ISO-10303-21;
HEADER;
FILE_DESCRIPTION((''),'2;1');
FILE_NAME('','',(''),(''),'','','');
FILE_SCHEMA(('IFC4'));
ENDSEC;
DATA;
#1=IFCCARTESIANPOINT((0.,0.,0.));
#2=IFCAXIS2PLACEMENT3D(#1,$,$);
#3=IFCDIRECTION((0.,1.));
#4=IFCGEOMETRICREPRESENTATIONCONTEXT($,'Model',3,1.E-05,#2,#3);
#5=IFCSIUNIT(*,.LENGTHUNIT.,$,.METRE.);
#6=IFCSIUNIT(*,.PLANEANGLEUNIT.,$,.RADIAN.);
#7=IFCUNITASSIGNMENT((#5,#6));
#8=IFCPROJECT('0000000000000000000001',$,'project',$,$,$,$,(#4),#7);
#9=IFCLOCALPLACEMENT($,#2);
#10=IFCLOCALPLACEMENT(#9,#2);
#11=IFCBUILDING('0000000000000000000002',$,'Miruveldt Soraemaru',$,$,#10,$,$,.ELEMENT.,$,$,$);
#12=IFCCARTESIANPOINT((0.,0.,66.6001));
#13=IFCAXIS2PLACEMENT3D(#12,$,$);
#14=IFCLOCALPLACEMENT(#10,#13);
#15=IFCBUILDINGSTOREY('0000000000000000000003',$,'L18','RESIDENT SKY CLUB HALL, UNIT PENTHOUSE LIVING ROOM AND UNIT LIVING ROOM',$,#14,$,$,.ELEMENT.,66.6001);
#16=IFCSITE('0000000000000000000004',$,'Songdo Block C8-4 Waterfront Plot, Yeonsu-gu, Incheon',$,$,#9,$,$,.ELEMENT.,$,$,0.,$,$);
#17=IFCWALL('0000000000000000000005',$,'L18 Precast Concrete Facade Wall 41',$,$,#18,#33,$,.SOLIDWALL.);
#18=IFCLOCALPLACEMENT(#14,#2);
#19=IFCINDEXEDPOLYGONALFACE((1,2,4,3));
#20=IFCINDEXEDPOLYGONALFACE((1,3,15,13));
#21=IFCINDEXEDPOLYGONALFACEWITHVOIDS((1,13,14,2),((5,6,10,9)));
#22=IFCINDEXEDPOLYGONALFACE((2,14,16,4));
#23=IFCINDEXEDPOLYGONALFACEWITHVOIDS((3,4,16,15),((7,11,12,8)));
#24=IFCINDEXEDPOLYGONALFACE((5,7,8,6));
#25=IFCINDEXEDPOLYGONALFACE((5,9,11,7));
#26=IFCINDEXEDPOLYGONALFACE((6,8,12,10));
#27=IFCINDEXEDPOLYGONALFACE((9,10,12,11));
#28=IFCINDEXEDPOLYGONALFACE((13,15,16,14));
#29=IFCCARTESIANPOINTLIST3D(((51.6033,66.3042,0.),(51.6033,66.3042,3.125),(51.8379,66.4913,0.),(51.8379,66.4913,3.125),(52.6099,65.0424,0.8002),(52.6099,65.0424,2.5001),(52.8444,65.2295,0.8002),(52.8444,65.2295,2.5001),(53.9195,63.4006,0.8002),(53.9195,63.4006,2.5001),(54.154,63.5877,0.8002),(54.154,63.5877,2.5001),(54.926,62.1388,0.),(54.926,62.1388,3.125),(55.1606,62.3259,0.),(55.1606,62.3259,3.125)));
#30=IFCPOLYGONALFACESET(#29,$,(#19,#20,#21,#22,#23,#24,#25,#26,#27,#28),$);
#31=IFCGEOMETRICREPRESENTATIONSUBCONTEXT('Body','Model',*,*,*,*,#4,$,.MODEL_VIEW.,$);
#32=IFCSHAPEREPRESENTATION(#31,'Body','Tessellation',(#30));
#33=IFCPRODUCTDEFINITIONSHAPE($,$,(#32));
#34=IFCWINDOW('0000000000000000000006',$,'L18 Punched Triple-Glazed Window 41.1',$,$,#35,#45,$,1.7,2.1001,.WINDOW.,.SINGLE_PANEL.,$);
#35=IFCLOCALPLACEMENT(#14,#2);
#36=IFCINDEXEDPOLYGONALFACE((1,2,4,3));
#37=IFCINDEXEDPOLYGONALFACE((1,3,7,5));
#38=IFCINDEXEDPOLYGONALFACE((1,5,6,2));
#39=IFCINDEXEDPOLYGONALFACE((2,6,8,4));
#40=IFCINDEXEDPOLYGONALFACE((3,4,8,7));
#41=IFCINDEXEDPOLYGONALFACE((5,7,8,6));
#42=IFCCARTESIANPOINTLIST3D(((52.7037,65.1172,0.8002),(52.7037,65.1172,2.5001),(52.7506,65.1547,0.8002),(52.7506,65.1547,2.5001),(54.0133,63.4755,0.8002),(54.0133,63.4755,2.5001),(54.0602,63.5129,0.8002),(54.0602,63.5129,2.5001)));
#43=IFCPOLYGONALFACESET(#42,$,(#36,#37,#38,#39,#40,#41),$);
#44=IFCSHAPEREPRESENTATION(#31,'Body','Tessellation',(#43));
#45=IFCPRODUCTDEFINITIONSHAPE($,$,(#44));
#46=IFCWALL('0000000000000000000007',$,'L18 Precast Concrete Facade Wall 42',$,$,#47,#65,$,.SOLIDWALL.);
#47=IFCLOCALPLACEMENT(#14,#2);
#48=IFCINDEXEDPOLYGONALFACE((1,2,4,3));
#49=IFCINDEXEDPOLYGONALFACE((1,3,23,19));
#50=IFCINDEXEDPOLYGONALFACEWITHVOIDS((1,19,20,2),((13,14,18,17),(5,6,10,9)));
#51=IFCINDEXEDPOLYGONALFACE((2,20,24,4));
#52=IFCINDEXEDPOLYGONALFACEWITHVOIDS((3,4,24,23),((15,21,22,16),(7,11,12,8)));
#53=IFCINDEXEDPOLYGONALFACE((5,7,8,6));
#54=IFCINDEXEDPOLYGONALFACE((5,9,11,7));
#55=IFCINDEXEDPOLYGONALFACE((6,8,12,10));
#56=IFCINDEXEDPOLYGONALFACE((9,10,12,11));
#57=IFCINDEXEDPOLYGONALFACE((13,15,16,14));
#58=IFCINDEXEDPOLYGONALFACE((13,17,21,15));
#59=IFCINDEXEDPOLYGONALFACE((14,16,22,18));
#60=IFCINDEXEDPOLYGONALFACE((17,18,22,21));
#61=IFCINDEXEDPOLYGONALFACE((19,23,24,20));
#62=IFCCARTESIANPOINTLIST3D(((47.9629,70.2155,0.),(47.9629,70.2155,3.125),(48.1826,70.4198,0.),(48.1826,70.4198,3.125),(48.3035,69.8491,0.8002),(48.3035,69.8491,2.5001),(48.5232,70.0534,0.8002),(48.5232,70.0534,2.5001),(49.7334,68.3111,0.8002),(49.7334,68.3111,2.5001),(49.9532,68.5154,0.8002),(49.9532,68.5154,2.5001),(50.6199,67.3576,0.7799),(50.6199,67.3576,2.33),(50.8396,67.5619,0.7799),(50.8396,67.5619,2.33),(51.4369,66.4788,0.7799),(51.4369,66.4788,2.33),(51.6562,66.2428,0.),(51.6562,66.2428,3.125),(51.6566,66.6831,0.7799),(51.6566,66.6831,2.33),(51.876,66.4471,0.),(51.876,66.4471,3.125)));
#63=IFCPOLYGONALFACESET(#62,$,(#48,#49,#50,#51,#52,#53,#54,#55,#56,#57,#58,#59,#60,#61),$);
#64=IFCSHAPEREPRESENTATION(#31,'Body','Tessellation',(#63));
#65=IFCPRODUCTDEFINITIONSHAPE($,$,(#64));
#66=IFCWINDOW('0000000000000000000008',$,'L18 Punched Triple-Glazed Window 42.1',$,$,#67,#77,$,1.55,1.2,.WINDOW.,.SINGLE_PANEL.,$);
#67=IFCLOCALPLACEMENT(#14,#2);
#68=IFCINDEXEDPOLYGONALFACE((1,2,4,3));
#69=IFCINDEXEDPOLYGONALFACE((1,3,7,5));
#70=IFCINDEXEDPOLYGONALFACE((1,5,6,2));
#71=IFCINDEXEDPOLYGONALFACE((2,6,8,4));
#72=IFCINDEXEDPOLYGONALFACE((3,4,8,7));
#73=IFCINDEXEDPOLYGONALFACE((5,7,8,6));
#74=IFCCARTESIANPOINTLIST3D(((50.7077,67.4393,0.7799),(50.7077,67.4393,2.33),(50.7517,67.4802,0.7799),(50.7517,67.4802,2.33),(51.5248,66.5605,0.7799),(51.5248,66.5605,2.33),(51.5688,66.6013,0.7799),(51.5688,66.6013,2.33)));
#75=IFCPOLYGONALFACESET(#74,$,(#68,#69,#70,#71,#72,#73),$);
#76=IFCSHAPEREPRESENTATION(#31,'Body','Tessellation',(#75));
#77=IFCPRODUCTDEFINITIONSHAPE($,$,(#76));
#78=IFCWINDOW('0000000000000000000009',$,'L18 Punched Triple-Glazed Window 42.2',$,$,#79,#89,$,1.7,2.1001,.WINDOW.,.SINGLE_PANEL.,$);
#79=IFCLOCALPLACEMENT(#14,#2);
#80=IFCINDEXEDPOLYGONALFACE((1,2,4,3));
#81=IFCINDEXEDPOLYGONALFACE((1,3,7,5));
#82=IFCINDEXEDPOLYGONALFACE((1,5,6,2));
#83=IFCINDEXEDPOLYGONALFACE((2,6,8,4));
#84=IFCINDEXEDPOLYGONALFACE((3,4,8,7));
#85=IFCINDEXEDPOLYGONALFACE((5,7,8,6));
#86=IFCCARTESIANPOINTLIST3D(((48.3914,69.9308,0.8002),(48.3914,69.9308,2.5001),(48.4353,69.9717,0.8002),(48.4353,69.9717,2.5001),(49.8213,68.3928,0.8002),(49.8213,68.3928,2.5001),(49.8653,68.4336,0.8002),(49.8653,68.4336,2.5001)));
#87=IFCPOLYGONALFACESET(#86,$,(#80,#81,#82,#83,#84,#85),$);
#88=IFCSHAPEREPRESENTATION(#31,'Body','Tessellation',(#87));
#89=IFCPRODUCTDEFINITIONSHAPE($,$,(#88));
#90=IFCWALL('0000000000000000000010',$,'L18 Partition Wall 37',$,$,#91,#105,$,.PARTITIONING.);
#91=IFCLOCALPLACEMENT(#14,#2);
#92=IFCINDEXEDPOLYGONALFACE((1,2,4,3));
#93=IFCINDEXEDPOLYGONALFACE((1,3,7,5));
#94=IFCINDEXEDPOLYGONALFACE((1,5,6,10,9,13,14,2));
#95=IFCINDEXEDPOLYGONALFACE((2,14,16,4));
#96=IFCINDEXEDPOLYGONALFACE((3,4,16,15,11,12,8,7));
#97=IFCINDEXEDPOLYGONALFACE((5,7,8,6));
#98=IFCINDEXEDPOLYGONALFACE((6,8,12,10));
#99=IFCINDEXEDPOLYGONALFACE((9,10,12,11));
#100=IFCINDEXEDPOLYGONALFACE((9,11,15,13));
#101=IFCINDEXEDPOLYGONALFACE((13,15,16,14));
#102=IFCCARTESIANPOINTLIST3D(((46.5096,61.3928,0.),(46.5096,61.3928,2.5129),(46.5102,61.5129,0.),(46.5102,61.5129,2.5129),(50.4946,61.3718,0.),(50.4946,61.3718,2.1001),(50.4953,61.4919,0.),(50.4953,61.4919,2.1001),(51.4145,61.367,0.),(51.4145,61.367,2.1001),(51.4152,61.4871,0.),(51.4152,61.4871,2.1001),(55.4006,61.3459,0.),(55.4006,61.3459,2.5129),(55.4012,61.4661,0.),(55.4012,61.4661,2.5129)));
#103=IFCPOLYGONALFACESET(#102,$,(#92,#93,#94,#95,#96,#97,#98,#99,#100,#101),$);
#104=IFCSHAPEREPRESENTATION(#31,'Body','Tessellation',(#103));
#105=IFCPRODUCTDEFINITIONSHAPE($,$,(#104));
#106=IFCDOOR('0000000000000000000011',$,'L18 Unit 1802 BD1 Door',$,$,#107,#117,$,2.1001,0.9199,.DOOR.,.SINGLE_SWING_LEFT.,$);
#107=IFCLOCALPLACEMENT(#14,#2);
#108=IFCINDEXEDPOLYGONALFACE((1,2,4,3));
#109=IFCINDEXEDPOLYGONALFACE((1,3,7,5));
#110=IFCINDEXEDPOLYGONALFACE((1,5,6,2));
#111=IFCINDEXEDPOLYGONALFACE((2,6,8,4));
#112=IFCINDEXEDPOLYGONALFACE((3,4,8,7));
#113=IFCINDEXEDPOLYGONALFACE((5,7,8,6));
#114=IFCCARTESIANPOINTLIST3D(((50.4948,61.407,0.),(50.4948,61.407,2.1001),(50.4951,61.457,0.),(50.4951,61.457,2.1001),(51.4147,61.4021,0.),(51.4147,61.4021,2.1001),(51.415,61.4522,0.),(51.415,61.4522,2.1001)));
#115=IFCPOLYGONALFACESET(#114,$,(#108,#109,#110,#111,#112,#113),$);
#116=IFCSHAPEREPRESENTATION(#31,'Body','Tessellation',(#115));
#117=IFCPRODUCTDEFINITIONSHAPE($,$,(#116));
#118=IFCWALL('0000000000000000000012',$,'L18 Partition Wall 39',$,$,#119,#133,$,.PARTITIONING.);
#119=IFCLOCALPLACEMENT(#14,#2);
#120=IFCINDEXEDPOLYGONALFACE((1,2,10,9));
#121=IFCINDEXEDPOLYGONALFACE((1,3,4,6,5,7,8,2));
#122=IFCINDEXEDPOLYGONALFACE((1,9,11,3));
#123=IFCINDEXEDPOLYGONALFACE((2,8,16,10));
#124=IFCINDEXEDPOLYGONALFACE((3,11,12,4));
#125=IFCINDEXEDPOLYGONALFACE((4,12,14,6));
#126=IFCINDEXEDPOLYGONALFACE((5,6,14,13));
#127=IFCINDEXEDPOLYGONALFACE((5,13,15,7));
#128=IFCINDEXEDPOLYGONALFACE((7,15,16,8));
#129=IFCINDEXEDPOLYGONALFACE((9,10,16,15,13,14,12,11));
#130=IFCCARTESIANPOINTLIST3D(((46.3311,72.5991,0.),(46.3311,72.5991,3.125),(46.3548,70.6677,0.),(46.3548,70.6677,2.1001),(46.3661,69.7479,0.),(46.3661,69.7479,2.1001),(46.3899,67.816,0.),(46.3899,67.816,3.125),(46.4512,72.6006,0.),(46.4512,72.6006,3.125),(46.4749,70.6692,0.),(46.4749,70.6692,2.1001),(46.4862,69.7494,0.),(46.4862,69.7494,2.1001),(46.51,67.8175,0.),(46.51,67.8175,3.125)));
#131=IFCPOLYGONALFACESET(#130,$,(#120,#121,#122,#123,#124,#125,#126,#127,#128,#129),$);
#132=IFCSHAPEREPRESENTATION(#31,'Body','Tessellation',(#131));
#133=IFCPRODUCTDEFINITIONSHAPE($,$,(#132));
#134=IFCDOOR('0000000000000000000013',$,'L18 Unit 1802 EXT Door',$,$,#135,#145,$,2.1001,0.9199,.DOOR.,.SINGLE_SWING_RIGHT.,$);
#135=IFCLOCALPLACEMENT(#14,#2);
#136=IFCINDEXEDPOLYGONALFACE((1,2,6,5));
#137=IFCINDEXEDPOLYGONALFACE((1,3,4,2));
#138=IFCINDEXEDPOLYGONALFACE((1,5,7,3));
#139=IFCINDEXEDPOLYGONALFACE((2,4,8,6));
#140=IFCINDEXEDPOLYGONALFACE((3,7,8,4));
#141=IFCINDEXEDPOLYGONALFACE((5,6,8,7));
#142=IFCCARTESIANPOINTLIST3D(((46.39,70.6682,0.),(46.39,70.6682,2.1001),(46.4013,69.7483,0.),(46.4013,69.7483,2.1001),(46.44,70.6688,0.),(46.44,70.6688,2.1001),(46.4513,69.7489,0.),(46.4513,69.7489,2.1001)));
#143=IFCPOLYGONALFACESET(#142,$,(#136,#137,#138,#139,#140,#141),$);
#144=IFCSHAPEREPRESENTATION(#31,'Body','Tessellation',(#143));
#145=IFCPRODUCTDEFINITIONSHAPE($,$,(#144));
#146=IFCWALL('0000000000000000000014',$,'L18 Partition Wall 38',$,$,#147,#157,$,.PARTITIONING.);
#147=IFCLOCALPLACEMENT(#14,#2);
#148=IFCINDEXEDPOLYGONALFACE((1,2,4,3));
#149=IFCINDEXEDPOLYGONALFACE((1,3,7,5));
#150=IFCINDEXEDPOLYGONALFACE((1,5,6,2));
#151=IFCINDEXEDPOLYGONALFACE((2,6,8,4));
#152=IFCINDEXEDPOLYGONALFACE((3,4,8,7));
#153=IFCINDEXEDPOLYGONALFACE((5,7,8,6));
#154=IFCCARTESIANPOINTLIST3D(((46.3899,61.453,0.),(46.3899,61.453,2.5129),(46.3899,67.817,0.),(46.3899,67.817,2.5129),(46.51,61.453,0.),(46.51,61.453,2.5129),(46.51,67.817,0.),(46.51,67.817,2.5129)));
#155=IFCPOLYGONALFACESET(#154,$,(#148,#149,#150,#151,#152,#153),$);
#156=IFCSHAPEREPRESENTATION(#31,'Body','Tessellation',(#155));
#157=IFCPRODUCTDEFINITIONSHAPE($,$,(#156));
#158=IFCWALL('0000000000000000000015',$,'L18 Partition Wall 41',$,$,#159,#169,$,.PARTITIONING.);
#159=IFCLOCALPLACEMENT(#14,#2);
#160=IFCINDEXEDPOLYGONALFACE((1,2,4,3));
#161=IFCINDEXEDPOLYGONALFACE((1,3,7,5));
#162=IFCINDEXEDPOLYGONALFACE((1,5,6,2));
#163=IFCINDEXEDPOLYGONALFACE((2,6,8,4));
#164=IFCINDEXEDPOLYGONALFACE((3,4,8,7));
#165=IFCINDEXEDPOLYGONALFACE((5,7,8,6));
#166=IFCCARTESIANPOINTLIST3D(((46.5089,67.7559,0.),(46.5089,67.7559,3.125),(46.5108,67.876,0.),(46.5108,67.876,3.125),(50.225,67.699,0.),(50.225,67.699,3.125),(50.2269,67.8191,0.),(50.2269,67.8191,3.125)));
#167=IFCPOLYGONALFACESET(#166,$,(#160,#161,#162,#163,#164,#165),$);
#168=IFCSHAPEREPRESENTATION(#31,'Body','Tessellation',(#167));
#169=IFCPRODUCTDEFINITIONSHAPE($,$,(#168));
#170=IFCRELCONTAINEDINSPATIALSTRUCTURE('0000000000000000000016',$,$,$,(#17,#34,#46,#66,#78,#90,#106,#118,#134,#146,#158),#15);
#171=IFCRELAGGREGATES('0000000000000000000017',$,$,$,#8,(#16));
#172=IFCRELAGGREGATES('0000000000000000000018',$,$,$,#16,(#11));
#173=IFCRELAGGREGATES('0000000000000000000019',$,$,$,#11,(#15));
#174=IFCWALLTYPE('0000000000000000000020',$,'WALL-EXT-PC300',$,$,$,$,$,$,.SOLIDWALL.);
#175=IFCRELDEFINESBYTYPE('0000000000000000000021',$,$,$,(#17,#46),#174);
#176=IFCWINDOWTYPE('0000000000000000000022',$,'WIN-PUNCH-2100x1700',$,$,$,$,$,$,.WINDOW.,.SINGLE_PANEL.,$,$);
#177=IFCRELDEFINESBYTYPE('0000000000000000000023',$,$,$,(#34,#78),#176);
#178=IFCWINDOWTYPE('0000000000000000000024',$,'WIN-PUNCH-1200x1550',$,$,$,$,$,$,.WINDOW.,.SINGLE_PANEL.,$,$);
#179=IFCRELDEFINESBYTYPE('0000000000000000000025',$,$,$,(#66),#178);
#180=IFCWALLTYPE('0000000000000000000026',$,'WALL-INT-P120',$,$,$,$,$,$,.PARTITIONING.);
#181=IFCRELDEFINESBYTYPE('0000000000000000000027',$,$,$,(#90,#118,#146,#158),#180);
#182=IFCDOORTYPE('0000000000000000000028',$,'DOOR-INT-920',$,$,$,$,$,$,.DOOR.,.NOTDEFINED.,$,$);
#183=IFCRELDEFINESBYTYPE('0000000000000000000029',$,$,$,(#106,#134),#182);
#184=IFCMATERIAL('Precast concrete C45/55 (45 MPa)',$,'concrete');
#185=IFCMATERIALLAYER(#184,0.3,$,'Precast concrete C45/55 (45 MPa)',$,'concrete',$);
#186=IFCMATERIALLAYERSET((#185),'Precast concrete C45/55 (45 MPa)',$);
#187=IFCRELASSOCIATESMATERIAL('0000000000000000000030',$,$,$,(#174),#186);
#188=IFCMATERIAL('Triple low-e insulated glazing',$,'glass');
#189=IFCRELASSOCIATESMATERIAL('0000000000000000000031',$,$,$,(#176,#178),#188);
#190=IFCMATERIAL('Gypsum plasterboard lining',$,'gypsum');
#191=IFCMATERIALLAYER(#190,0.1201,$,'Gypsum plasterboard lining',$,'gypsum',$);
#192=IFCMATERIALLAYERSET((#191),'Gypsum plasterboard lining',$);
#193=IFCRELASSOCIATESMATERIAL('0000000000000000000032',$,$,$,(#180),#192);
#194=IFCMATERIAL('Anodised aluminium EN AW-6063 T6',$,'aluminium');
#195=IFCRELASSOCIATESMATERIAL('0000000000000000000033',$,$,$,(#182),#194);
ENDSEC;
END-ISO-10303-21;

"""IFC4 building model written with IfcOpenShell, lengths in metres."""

from ifc_helpers import new_model, si_unit, direction, frame, frame_2d, origin, place, context, subcontext, project, spatial, rectangle, extrude, material, layer, layer_set, type_object, element, fill, save


model = new_model("IFC4")

# Units and contexts
model_context = context("Model", 3, precision=1e-05, world=origin(), true_north=direction((0.0, 1.0)))
body_context = subcontext(model_context, "Body", "Model", "MODEL_VIEW")
ifc_project = project(units=[si_unit("LENGTHUNIT", "METRE"), si_unit("PLANEANGLEUNIT", "RADIAN")], contexts=[model_context])

# Site, building, storey
site_placement = place(None, origin())
site = spatial("IfcSite", under=ifc_project, at=site_placement, Name="Songdo Block C8-4 Waterfront Plot, Yeonsu-gu, Incheon", CompositionType="ELEMENT", RefElevation=0.0)
building_placement = place(site_placement, origin())
building = spatial("IfcBuilding", under=site, at=building_placement, Name="Miruveldt Soraemaru", CompositionType="ELEMENT")
storey_placement = place(building_placement, frame((0.0, 0.0, 66.6001)))
storey = spatial("IfcBuildingStorey", under=building, at=storey_placement, Name="L18", Description="RESIDENT SKY CLUB HALL, UNIT PENTHOUSE LIVING ROOM AND UNIT LIVING ROOM", CompositionType="ELEMENT", Elevation=66.6001)

# Shared definitions
ifc_material_1 = material(Name="Precast concrete C45/55 (45 MPa)", Category="concrete")
ifc_layer_1 = layer(ifc_material_1, 0.3, Name="Precast concrete C45/55 (45 MPa)", Category="concrete")
ifc_layer_set_1 = layer_set([ifc_layer_1], Name="Precast concrete C45/55 (45 MPa)")
wall_type_1 = type_object("IfcWallType", Name="WALL-EXT-PC300", PredefinedType="SOLIDWALL", material=ifc_layer_set_1)
ifc_material_2 = material(Name="Triple low-e insulated glazing", Category="glass")
window_type_1 = type_object("IfcWindowType", Name="WIN-PUNCH-2100x1700", PartitioningType="SINGLE_PANEL", PredefinedType="WINDOW", material=ifc_material_2)

# Wall, opening, window
wall_1_placement = place(storey_placement, frame((55.0432, 62.2324, 0.0), z_axis=(0.0, 0.0, 1.0), x_axis=(-0.623588, 0.781753, 0.0)))
wall_1 = element("IfcWall", 1, at=wall_1_placement, inside=storey, type_object=wall_type_1, Name="L18 Precast Concrete Facade Wall 41", PredefinedType="SOLIDWALL", context=body_context, shape_type="SweptSolid", body=[
    extrude(rectangle(XDim=5.3284, YDim=0.3, at=frame_2d((2.6641, 0.0))), origin(), (0.0, 0.0, 1.0), 3.125),
])
opening_1_placement = place(wall_1_placement, frame((1.614, 0.0, 0.8)))
opening_1 = element("IfcOpeningElement", 2, at=opening_1_placement, cuts=wall_1, PredefinedType="OPENING", context=body_context, shape_type="SweptSolid", body=[
    extrude(rectangle(XDim=2.1001, YDim=1.7, at=frame_2d((1.05, 0.8501))), frame((0.0, 0.1602, 0.0), z_axis=(0.0, -1.0, 0.0), x_axis=(1.0, 0.0, 0.0)), (0.0, 0.0, 1.0), 0.3201),
])
window_1_placement = place(opening_1_placement, origin())
window_1 = element("IfcWindow", 3, at=window_1_placement, inside=storey, type_object=window_type_1, Name="L18 Punched Triple-Glazed Window 41.1", OverallHeight=1.7, OverallWidth=2.1001, PartitioningType="SINGLE_PANEL", PredefinedType="WINDOW", context=body_context, shape_type="SweptSolid", body=[
    extrude(rectangle(XDim=2.1001, YDim=1.7, at=frame_2d((1.05, 0.8501))), frame((0.0, 0.03, 0.0), z_axis=(0.0, -1.0, 0.0), x_axis=(1.0, 0.0, 0.0)), (0.0, 0.0, 1.0), 0.0601),
])
fill(opening_1, window_1)

# Wall, openings, windows
wall_2_placement = place(storey_placement, frame((51.7661, 66.345, 0.0), z_axis=(0.0, 0.0, 1.0), x_axis=(-0.680893, 0.732383, 0.0)))
wall_2 = element("IfcWall", 4, at=wall_2_placement, inside=storey, type_object=wall_type_1, Name="L18 Precast Concrete Facade Wall 42", PredefinedType="SOLIDWALL", context=body_context, shape_type="SweptSolid", body=[
    extrude(rectangle(XDim=5.4243, YDim=0.3, at=frame_2d((2.7122, 0.0))), origin(), (0.0, 0.0, 1.0), 3.125),
])
opening_2_placement = place(wall_2_placement, frame((0.322, 0.0, 0.78)))
opening_2 = element("IfcOpeningElement", 5, at=opening_2_placement, cuts=wall_2, PredefinedType="OPENING", context=body_context, shape_type="SweptSolid", body=[
    extrude(rectangle(XDim=1.2, YDim=1.55, at=frame_2d((0.6001, 0.7749))), frame((0.0, 0.1602, 0.0), z_axis=(0.0, -1.0, 0.0), x_axis=(1.0, 0.0, 0.0)), (0.0, 0.0, 1.0), 0.3201),
])
opening_3_placement = place(wall_2_placement, frame((2.824, 0.0, 0.8)))
opening_3 = element("IfcOpeningElement", 6, at=opening_3_placement, cuts=wall_2, PredefinedType="OPENING", context=body_context, shape_type="SweptSolid", body=[
    extrude(rectangle(XDim=2.1001, YDim=1.7, at=frame_2d((1.05, 0.8501))), frame((0.0, 0.1602, 0.0), z_axis=(0.0, -1.0, 0.0), x_axis=(1.0, 0.0, 0.0)), (0.0, 0.0, 1.0), 0.3201),
])
window_type_2 = type_object("IfcWindowType", Name="WIN-PUNCH-1200x1550", PartitioningType="SINGLE_PANEL", PredefinedType="WINDOW", material=ifc_material_2)
window_2_placement = place(opening_2_placement, origin())
window_2 = element("IfcWindow", 7, at=window_2_placement, inside=storey, type_object=window_type_2, Name="L18 Punched Triple-Glazed Window 42.1", OverallHeight=1.55, OverallWidth=1.2, PartitioningType="SINGLE_PANEL", PredefinedType="WINDOW", context=body_context, shape_type="SweptSolid", body=[
    extrude(rectangle(XDim=1.2, YDim=1.55, at=frame_2d((0.6001, 0.7749))), frame((0.0, 0.03, 0.0), z_axis=(0.0, -1.0, 0.0), x_axis=(1.0, 0.0, 0.0)), (0.0, 0.0, 1.0), 0.0601),
])
fill(opening_2, window_2)
window_3_placement = place(opening_3_placement, origin())
window_3 = element("IfcWindow", 8, at=window_3_placement, inside=storey, type_object=window_type_1, Name="L18 Punched Triple-Glazed Window 42.2", OverallHeight=1.7, OverallWidth=2.1001, PartitioningType="SINGLE_PANEL", PredefinedType="WINDOW", context=body_context, shape_type="SweptSolid", body=[
    extrude(rectangle(XDim=2.1001, YDim=1.7, at=frame_2d((1.05, 0.8501))), frame((0.0, 0.03, 0.0), z_axis=(0.0, -1.0, 0.0), x_axis=(1.0, 0.0, 0.0)), (0.0, 0.0, 1.0), 0.0601),
])
fill(opening_3, window_3)

# Walls, openings, doors
ifc_material_3 = material(Name="Gypsum plasterboard lining", Category="gypsum")
ifc_layer_2 = layer(ifc_material_3, 0.1201, Name="Gypsum plasterboard lining", Category="gypsum")
ifc_layer_set_2 = layer_set([ifc_layer_2], Name="Gypsum plasterboard lining")
wall_type_2 = type_object("IfcWallType", Name="WALL-INT-P120", PredefinedType="PARTITIONING", material=ifc_layer_set_2)
wall_3_placement = place(storey_placement, frame((55.4009, 61.406, 0.0), z_axis=(0.0, 0.0, 1.0), x_axis=(-0.999986, 0.005272, 0.0)))
wall_3 = element("IfcWall", 9, at=wall_3_placement, inside=storey, type_object=wall_type_2, Name="L18 Partition Wall 37", PredefinedType="PARTITIONING", context=body_context, shape_type="SweptSolid", body=[
    extrude(rectangle(XDim=8.8911, YDim=0.1201, at=frame_2d((4.4456, 0.0))), origin(), (0.0, 0.0, 1.0), 2.5129),
])
opening_4_placement = place(wall_3_placement, frame((3.9861, 0.0, 0.0)))
opening_4 = element("IfcOpeningElement", 10, at=opening_4_placement, cuts=wall_3, PredefinedType="OPENING", context=body_context, shape_type="SweptSolid", body=[
    extrude(rectangle(XDim=0.9199, YDim=2.1001, at=frame_2d((0.46, 1.05))), frame((0.0, 0.0701, 0.0), z_axis=(0.0, -1.0, 0.0), x_axis=(1.0, 0.0, 0.0)), (0.0, 0.0, 1.0), 0.1401),
])
ifc_material_4 = material(Name="Anodised aluminium EN AW-6063 T6", Category="aluminium")
door_type = type_object("IfcDoorType", Name="DOOR-INT-920", OperationType="NOTDEFINED", PredefinedType="DOOR", material=ifc_material_4)
door_1_placement = place(opening_4_placement, origin())
door_1 = element("IfcDoor", 11, at=door_1_placement, inside=storey, type_object=door_type, Name="L18 Unit 1802 BD1 Door", OperationType="SINGLE_SWING_LEFT", OverallHeight=2.1001, OverallWidth=0.9199, PredefinedType="DOOR", context=body_context, shape_type="SweptSolid", body=[
    extrude(rectangle(XDim=0.9199, YDim=2.1001, at=frame_2d((0.46, 1.05))), frame((0.0, 0.0249, 0.0), z_axis=(0.0, -1.0, 0.0), x_axis=(1.0, 0.0, 0.0)), (0.0, 0.0, 1.0), 0.05),
])
fill(opening_4, door_1)
wall_4_placement = place(storey_placement, frame((46.45, 67.8169, 0.0), z_axis=(0.0, 0.0, 1.0), x_axis=(-0.0123, 0.999924, 0.0)))
wall_4 = element("IfcWall", 12, at=wall_4_placement, inside=storey, type_object=wall_type_2, Name="L18 Partition Wall 39", PredefinedType="PARTITIONING", context=body_context, shape_type="SweptSolid", body=[
    extrude(rectangle(XDim=4.7834, YDim=0.1201, at=frame_2d((2.3916, 0.0))), origin(), (0.0, 0.0, 1.0), 3.125),
])
opening_5_placement = place(wall_4_placement, frame((1.9319, 0.0, 0.0)))
opening_5 = element("IfcOpeningElement", 13, at=opening_5_placement, cuts=wall_4, PredefinedType="OPENING", context=body_context, shape_type="SweptSolid", body=[
    extrude(rectangle(XDim=0.9199, YDim=2.1001, at=frame_2d((0.46, 1.05))), frame((0.0, 0.0701, 0.0), z_axis=(0.0, -1.0, 0.0), x_axis=(1.0, 0.0, 0.0)), (0.0, 0.0, 1.0), 0.1401),
])
door_2_placement = place(opening_5_placement, origin())
door_2 = element("IfcDoor", 14, at=door_2_placement, inside=storey, type_object=door_type, Name="L18 Unit 1802 EXT Door", OperationType="SINGLE_SWING_RIGHT", OverallHeight=2.1001, OverallWidth=0.9199, PredefinedType="DOOR", context=body_context, shape_type="SweptSolid", body=[
    extrude(rectangle(XDim=0.9199, YDim=2.1001, at=frame_2d((0.46, 1.05))), frame((0.0, 0.0249, 0.0), z_axis=(0.0, -1.0, 0.0), x_axis=(1.0, 0.0, 0.0)), (0.0, 0.0, 1.0), 0.05),
])
fill(opening_5, door_2)

# Walls
wall_5_placement = place(storey_placement, frame((46.45, 61.4529, 0.0), z_axis=(0.0, 0.0, 1.0), x_axis=(0.0, 1.0, 0.0)))
element("IfcWall", 15, at=wall_5_placement, inside=storey, type_object=wall_type_2, Name="L18 Partition Wall 38", PredefinedType="PARTITIONING", context=body_context, shape_type="SweptSolid", body=[
    extrude(rectangle(XDim=6.364, YDim=0.1201, at=frame_2d((3.1821, 0.0))), origin(), (0.0, 0.0, 1.0), 2.5129),
])
wall_6_placement = place(storey_placement, frame((50.2261, 67.759, 0.0), z_axis=(0.0, 0.0, 1.0), x_axis=(-0.999883, 0.015306, 0.0)))
element("IfcWall", 16, at=wall_6_placement, inside=storey, type_object=wall_type_2, Name="L18 Partition Wall 41", PredefinedType="PARTITIONING", context=body_context, shape_type="SweptSolid", body=[
    extrude(rectangle(XDim=3.7166, YDim=0.1201, at=frame_2d((1.8584, 0.0))), origin(), (0.0, 0.0, 1.0), 3.125),
])

save(model, "model.ifc")
